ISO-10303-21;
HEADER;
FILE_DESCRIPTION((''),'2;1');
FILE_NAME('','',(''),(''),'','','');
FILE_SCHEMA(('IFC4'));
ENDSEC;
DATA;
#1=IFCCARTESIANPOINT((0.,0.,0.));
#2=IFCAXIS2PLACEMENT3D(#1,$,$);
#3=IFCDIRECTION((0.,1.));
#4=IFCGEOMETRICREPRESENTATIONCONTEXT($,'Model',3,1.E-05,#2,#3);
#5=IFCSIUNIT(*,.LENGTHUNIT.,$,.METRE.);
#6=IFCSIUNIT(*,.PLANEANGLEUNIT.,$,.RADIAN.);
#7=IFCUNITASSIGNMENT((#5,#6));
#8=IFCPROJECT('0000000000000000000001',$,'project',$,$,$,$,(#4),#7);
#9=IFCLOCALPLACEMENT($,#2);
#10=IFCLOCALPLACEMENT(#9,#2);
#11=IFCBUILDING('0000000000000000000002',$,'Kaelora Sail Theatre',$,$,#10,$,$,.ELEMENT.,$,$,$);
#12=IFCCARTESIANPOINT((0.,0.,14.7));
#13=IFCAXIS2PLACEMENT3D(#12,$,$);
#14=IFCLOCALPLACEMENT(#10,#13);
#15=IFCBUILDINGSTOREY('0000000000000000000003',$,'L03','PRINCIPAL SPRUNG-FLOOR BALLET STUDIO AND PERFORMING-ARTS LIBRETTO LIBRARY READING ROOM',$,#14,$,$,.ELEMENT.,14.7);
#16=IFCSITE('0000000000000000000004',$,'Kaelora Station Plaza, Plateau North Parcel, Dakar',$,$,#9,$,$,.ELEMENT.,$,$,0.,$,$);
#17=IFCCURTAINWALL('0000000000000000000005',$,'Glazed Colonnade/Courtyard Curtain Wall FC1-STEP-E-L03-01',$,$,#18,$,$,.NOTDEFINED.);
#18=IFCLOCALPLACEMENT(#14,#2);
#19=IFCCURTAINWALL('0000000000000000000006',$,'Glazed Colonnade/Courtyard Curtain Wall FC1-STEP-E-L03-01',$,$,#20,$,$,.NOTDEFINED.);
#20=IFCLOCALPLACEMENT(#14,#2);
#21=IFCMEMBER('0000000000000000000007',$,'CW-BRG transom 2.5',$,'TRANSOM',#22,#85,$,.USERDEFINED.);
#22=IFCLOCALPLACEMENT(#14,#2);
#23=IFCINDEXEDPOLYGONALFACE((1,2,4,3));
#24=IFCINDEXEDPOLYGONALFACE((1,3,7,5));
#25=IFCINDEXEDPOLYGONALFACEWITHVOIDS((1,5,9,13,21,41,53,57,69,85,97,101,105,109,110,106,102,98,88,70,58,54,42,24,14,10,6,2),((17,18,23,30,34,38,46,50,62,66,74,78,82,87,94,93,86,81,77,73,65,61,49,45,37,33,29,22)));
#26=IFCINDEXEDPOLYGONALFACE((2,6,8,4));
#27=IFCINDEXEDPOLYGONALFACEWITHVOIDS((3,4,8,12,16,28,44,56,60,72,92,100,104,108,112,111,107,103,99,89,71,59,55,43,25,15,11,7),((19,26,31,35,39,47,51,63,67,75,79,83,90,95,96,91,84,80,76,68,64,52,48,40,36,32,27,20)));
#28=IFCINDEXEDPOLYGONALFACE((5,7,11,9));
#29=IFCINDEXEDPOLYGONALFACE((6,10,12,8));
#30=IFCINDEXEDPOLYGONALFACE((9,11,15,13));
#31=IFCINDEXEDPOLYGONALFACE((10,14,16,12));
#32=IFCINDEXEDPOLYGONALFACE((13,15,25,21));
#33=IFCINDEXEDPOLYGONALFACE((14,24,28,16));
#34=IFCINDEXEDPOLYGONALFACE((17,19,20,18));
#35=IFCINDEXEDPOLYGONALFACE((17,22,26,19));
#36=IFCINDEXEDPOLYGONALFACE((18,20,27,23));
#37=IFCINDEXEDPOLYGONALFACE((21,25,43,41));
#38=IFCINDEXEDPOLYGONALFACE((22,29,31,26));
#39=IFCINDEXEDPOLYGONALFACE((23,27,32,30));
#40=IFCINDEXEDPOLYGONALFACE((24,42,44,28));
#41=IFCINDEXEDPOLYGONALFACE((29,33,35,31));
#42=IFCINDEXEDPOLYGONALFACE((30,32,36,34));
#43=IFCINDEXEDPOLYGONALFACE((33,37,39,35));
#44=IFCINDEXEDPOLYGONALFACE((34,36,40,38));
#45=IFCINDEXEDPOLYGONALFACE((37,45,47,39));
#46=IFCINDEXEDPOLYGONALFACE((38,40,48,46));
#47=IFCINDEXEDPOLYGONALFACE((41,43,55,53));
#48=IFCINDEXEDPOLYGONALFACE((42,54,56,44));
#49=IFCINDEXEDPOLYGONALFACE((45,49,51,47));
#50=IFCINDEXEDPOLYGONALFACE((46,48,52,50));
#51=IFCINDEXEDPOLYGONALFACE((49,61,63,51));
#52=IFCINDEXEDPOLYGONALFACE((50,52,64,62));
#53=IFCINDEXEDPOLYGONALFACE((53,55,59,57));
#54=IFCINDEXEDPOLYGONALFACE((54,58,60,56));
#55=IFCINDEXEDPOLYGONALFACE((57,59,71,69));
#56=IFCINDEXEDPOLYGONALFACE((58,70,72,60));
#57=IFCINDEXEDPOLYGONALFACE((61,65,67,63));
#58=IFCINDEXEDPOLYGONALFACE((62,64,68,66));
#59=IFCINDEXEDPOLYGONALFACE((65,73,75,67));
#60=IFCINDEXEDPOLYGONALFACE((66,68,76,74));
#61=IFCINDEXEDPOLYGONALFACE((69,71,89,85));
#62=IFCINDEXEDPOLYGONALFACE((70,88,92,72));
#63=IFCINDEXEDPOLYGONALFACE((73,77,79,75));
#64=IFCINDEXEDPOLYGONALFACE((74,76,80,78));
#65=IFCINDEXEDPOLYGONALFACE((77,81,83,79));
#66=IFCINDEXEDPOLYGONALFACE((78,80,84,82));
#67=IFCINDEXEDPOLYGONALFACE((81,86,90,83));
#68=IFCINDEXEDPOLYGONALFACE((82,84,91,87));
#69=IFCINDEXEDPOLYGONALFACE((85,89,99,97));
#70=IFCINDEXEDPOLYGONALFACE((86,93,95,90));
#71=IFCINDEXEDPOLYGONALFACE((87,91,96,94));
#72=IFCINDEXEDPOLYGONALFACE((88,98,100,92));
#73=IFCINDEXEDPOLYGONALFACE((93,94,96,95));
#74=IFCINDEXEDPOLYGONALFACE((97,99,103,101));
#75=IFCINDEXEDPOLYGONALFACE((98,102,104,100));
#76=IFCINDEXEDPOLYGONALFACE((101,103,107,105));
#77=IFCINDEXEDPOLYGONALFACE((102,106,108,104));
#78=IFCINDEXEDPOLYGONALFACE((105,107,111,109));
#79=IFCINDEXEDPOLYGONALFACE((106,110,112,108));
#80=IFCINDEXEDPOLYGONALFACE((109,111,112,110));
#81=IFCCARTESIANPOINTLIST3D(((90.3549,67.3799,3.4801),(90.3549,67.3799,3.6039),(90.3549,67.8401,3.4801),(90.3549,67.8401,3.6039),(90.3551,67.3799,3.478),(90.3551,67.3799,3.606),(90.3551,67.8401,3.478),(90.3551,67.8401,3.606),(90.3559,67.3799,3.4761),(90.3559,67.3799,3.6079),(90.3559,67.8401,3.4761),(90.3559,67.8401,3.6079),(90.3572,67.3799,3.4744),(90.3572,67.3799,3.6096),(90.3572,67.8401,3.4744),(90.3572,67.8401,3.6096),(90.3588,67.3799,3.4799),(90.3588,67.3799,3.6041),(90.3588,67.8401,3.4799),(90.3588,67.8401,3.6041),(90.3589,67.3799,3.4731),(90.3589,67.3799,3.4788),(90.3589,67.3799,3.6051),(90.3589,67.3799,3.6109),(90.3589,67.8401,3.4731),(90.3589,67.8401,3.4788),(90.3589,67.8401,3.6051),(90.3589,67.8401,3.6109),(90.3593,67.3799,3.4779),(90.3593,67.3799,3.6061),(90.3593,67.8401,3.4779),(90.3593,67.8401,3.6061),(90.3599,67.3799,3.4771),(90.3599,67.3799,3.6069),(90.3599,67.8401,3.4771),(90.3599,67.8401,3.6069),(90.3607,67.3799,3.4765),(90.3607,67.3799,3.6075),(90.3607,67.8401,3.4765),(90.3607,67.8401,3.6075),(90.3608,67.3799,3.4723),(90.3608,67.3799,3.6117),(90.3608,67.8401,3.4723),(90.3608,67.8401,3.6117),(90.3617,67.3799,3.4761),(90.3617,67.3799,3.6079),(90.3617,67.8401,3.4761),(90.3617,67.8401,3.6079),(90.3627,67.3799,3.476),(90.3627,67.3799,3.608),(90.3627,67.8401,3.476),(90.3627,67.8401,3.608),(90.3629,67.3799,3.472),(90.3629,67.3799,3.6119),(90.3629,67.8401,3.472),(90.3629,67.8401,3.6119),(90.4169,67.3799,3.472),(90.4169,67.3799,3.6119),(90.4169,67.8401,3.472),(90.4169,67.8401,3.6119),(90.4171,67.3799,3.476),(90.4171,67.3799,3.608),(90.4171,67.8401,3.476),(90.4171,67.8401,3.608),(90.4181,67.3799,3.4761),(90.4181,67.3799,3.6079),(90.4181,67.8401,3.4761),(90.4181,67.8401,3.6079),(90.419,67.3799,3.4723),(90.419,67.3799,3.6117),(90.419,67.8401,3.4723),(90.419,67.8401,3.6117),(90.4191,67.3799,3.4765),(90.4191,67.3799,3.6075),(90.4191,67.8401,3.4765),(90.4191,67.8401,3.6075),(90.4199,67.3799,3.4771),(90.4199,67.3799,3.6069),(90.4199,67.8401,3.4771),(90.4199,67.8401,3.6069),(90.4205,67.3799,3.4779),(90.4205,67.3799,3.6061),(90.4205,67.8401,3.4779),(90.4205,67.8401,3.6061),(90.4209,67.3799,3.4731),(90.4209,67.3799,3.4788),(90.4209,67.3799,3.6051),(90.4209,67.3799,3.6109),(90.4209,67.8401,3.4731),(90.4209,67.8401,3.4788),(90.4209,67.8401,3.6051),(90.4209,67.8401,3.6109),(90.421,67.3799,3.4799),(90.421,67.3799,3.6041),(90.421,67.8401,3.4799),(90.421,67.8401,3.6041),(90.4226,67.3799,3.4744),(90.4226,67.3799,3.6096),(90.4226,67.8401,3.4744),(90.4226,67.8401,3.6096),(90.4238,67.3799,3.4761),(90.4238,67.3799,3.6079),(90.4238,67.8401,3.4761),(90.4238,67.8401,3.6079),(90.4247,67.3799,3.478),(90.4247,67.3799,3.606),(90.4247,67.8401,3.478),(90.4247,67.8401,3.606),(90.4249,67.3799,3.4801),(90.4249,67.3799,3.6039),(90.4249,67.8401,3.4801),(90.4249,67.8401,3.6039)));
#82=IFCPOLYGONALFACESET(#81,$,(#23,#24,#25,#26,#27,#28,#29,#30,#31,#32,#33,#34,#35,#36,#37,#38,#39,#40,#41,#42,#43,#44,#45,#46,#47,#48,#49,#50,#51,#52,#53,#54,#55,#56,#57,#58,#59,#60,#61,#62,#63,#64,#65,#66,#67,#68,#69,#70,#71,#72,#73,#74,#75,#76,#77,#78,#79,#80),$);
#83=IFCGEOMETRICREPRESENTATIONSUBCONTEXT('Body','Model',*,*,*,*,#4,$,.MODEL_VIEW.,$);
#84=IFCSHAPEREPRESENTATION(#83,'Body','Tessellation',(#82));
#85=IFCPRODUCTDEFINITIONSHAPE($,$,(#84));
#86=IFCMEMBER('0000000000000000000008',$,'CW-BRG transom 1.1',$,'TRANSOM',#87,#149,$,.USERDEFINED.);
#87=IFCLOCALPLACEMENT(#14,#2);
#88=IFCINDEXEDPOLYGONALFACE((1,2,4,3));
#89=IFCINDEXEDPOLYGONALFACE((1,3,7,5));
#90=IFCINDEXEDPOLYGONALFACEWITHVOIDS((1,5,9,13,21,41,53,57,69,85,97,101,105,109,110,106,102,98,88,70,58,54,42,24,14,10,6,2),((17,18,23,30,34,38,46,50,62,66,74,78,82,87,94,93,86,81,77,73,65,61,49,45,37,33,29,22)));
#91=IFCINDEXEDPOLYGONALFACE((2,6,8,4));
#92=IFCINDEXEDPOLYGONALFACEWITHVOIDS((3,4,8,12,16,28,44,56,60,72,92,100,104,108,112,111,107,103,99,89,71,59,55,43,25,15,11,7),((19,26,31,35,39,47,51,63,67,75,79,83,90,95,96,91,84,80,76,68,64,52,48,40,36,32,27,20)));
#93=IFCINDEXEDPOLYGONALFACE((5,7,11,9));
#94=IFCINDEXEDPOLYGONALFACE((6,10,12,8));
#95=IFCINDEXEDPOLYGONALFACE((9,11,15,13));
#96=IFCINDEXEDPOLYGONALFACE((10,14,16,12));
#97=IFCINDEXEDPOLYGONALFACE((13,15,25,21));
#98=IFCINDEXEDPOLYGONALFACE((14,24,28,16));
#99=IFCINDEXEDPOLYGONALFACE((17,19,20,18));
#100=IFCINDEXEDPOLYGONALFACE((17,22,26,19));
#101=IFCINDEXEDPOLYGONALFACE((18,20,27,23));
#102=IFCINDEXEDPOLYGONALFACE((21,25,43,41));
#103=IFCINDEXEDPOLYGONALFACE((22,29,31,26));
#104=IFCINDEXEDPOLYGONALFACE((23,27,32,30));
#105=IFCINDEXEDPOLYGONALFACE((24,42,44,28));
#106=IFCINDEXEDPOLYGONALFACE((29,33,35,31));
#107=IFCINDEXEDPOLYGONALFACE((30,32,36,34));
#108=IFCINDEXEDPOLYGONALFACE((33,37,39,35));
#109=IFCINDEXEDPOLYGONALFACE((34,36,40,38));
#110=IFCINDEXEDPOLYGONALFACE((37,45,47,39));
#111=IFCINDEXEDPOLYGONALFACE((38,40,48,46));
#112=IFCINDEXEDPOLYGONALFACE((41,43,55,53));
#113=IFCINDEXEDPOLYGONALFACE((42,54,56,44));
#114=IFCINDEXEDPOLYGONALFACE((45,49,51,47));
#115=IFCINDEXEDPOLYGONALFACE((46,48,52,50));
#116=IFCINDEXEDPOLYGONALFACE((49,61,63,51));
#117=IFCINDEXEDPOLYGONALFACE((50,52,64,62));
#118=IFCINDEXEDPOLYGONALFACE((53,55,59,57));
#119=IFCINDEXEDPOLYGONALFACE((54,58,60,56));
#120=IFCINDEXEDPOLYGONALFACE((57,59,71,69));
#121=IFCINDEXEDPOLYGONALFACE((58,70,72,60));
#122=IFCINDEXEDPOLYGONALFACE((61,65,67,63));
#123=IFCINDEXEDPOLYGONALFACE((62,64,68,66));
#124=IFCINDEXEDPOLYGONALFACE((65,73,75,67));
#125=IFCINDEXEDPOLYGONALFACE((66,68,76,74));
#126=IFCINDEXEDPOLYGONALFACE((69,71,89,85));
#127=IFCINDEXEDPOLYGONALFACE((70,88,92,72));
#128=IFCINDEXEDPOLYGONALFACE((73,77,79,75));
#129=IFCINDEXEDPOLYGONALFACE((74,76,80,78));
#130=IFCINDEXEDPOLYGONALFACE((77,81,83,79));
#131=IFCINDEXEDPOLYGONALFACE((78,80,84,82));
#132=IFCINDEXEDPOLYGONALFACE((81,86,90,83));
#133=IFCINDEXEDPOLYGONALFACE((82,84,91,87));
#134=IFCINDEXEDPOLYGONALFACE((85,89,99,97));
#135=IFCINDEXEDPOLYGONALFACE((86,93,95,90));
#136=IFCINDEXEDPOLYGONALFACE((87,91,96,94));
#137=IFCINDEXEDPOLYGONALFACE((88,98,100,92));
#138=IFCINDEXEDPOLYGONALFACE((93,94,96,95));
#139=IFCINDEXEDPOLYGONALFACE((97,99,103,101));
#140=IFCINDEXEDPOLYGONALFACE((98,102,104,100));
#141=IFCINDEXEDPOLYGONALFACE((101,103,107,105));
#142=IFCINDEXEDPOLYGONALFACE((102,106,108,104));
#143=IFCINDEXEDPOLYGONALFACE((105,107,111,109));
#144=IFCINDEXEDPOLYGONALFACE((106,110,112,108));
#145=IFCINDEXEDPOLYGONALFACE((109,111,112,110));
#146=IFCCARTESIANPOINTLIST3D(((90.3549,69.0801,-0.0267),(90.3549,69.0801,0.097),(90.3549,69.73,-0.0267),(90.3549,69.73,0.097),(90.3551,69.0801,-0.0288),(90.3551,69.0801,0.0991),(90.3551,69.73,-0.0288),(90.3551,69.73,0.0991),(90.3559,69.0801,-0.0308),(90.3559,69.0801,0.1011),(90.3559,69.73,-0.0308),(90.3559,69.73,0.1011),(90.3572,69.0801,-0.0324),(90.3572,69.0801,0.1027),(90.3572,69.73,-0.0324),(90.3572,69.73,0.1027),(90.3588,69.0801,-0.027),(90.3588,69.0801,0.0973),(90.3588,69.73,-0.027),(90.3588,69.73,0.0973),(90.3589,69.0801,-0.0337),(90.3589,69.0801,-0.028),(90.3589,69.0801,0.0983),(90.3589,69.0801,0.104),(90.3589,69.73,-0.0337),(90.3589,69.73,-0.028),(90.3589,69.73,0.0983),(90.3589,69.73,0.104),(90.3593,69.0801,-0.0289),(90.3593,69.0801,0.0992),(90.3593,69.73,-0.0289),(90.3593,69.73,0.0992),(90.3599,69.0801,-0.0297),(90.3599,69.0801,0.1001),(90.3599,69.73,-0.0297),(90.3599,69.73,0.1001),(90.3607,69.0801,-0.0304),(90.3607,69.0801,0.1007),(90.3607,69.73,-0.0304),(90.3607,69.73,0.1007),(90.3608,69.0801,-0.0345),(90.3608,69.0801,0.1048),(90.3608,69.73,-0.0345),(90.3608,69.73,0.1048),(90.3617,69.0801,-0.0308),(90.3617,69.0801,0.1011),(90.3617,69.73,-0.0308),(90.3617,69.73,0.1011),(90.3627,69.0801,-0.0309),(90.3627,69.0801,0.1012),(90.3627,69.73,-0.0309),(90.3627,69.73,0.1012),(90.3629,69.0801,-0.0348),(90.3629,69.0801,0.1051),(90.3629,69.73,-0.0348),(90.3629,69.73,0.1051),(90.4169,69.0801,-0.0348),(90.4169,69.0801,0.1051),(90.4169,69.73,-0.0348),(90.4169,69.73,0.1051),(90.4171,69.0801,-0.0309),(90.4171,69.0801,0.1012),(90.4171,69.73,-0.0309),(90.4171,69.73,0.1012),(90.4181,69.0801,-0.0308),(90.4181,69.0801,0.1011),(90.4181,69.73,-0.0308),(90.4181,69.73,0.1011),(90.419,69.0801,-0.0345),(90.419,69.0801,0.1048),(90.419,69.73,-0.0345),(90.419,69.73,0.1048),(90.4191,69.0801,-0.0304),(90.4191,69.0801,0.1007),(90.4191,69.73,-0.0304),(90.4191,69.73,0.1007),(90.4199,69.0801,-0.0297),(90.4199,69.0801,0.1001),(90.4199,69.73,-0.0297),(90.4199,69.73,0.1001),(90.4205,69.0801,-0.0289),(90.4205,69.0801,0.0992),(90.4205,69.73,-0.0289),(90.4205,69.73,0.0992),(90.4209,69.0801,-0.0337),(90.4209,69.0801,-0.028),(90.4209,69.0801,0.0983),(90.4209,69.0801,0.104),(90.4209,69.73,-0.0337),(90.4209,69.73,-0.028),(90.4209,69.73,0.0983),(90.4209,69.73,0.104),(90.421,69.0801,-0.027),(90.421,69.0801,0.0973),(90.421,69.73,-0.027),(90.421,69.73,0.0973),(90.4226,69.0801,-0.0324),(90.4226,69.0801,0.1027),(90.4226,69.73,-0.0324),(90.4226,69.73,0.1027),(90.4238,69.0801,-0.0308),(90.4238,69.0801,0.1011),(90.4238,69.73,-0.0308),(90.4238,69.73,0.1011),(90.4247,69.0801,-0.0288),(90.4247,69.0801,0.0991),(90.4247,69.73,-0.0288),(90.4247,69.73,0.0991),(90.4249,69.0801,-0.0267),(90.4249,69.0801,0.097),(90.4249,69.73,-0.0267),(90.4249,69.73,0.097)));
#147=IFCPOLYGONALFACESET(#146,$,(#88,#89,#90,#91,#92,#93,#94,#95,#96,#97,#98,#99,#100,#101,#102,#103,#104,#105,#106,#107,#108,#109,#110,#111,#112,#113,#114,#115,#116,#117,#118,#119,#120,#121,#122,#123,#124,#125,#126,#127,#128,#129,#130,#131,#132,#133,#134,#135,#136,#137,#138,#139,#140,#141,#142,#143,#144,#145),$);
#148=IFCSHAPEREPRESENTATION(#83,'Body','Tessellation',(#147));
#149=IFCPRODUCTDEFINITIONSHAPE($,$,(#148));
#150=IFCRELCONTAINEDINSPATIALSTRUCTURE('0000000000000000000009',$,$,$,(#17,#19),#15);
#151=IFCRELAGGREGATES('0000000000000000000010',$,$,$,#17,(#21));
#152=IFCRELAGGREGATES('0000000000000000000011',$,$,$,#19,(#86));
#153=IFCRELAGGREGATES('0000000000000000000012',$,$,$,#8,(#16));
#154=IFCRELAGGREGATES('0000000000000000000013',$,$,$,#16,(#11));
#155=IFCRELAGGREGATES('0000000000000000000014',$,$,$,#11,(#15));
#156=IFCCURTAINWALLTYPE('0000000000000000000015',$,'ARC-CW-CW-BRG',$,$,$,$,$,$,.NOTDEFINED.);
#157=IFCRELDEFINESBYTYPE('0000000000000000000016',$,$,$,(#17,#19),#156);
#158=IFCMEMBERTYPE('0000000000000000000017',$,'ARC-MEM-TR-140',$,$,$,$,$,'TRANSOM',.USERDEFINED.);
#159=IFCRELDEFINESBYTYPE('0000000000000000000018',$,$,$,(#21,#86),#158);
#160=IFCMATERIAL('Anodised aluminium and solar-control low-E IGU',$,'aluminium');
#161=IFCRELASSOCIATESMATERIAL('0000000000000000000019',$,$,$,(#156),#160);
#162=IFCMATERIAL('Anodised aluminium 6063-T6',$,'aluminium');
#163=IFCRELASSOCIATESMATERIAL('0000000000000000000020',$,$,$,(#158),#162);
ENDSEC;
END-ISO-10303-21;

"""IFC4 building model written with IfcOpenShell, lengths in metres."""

from ifc_helpers import new_model, si_unit, direction, frame, origin, origin_2d, place, context, subcontext, project, spatial, hollow_rectangle, extrude, material, material_profile, profile_set, type_object, element, aggregate, save


model = new_model("IFC4")

# Units and contexts
model_context = context("Model", 3, precision=1e-05, world=origin(), true_north=direction((0.0, 1.0)))
body_context = subcontext(model_context, "Body", "Model", "MODEL_VIEW")
ifc_project = project(units=[si_unit("LENGTHUNIT", "METRE"), si_unit("PLANEANGLEUNIT", "RADIAN")], contexts=[model_context])

# Site, building, storey
site_placement = place(None, origin())
site = spatial("IfcSite", under=ifc_project, at=site_placement, Name="Kaelora Station Plaza, Plateau North Parcel, Dakar", CompositionType="ELEMENT", RefElevation=0.0)
building_placement = place(site_placement, origin())
building = spatial("IfcBuilding", under=site, at=building_placement, Name="Kaelora Sail Theatre", CompositionType="ELEMENT")
storey_placement = place(building_placement, frame((0.0, 0.0, 14.7)))
storey = spatial("IfcBuildingStorey", under=building, at=storey_placement, Name="L03", Description="PRINCIPAL SPRUNG-FLOOR BALLET STUDIO AND PERFORMING-ARTS LIBRETTO LIBRARY READING ROOM", CompositionType="ELEMENT", Elevation=14.7)

# Curtain wall
ifc_material_1 = material(Name="Anodised aluminium and solar-control low-E IGU", Category="aluminium")
curtain_wall_type = type_object("IfcCurtainWallType", Name="ARC-CW-CW-BRG", PredefinedType="NOTDEFINED", material=ifc_material_1)
curtain_wall_1_placement = place(storey_placement, origin())
curtain_wall_1 = element("IfcCurtainWall", 1, at=curtain_wall_1_placement, inside=storey, type_object=curtain_wall_type, Name="Glazed Colonnade/Courtyard Curtain Wall FC1-STEP-E-L03-01", PredefinedType="NOTDEFINED")

# Curtain wall
curtain_wall_2_placement = place(storey_placement, origin())
curtain_wall_2 = element("IfcCurtainWall", 2, at=curtain_wall_2_placement, inside=storey, type_object=curtain_wall_type, Name="Glazed Colonnade/Courtyard Curtain Wall FC1-STEP-E-L03-01", PredefinedType="NOTDEFINED")

# Members
ifc_material_2 = material(Name="Anodised aluminium 6063-T6", Category="aluminium")
ifc_material_profile_1 = material_profile(ifc_material_2, hollow_rectangle(XDim=0.0701, YDim=0.1399, WallThickness=0.0039, InnerFilletRadius=0.0039, OuterFilletRadius=0.0081, at=origin_2d()), Name="ALU-TRAN 70x140x4")
ifc_profile_set_1 = profile_set([ifc_material_profile_1], Name="Anodised aluminium 6063-T6")
member_type_1 = type_object("IfcMemberType", Name="ARC-MEM-TR-140", ElementType="TRANSOM", PredefinedType="USERDEFINED", material=ifc_profile_set_1)
member_1_placement = place(storey_placement, frame((90.3899, 67.3799, 3.542), z_axis=(0.0, 1.0, 0.0), x_axis=(-1.0, 0.0, 0.0)))
member_1 = element("IfcMember", 3, at=member_1_placement, type_object=member_type_1, Name="CW-BRG transom 2.5", ObjectType="TRANSOM", PredefinedType="USERDEFINED", context=body_context, shape_type="SweptSolid", body=[
    extrude(hollow_rectangle(XDim=0.0701, YDim=0.1399, WallThickness=0.0039, InnerFilletRadius=0.0039, OuterFilletRadius=0.0081, at=origin_2d()), origin(), (0.0, 0.0, 1.0), 0.4602),
])
member_2_placement = place(storey_placement, frame((90.3899, 69.0801, 0.0352), z_axis=(0.0, 1.0, 0.0), x_axis=(-1.0, 0.0, 0.0)))
member_2 = element("IfcMember", 4, at=member_2_placement, type_object=member_type_1, Name="CW-BRG transom 1.1", ObjectType="TRANSOM", PredefinedType="USERDEFINED", context=body_context, shape_type="SweptSolid", body=[
    extrude(hollow_rectangle(XDim=0.0701, YDim=0.1399, WallThickness=0.0039, InnerFilletRadius=0.0039, OuterFilletRadius=0.0081, at=origin_2d()), origin(), (0.0, 0.0, 1.0), 0.6499),
])

aggregate(curtain_wall_1, [member_1])
aggregate(curtain_wall_2, [member_2])

save(model, "model.ifc")
